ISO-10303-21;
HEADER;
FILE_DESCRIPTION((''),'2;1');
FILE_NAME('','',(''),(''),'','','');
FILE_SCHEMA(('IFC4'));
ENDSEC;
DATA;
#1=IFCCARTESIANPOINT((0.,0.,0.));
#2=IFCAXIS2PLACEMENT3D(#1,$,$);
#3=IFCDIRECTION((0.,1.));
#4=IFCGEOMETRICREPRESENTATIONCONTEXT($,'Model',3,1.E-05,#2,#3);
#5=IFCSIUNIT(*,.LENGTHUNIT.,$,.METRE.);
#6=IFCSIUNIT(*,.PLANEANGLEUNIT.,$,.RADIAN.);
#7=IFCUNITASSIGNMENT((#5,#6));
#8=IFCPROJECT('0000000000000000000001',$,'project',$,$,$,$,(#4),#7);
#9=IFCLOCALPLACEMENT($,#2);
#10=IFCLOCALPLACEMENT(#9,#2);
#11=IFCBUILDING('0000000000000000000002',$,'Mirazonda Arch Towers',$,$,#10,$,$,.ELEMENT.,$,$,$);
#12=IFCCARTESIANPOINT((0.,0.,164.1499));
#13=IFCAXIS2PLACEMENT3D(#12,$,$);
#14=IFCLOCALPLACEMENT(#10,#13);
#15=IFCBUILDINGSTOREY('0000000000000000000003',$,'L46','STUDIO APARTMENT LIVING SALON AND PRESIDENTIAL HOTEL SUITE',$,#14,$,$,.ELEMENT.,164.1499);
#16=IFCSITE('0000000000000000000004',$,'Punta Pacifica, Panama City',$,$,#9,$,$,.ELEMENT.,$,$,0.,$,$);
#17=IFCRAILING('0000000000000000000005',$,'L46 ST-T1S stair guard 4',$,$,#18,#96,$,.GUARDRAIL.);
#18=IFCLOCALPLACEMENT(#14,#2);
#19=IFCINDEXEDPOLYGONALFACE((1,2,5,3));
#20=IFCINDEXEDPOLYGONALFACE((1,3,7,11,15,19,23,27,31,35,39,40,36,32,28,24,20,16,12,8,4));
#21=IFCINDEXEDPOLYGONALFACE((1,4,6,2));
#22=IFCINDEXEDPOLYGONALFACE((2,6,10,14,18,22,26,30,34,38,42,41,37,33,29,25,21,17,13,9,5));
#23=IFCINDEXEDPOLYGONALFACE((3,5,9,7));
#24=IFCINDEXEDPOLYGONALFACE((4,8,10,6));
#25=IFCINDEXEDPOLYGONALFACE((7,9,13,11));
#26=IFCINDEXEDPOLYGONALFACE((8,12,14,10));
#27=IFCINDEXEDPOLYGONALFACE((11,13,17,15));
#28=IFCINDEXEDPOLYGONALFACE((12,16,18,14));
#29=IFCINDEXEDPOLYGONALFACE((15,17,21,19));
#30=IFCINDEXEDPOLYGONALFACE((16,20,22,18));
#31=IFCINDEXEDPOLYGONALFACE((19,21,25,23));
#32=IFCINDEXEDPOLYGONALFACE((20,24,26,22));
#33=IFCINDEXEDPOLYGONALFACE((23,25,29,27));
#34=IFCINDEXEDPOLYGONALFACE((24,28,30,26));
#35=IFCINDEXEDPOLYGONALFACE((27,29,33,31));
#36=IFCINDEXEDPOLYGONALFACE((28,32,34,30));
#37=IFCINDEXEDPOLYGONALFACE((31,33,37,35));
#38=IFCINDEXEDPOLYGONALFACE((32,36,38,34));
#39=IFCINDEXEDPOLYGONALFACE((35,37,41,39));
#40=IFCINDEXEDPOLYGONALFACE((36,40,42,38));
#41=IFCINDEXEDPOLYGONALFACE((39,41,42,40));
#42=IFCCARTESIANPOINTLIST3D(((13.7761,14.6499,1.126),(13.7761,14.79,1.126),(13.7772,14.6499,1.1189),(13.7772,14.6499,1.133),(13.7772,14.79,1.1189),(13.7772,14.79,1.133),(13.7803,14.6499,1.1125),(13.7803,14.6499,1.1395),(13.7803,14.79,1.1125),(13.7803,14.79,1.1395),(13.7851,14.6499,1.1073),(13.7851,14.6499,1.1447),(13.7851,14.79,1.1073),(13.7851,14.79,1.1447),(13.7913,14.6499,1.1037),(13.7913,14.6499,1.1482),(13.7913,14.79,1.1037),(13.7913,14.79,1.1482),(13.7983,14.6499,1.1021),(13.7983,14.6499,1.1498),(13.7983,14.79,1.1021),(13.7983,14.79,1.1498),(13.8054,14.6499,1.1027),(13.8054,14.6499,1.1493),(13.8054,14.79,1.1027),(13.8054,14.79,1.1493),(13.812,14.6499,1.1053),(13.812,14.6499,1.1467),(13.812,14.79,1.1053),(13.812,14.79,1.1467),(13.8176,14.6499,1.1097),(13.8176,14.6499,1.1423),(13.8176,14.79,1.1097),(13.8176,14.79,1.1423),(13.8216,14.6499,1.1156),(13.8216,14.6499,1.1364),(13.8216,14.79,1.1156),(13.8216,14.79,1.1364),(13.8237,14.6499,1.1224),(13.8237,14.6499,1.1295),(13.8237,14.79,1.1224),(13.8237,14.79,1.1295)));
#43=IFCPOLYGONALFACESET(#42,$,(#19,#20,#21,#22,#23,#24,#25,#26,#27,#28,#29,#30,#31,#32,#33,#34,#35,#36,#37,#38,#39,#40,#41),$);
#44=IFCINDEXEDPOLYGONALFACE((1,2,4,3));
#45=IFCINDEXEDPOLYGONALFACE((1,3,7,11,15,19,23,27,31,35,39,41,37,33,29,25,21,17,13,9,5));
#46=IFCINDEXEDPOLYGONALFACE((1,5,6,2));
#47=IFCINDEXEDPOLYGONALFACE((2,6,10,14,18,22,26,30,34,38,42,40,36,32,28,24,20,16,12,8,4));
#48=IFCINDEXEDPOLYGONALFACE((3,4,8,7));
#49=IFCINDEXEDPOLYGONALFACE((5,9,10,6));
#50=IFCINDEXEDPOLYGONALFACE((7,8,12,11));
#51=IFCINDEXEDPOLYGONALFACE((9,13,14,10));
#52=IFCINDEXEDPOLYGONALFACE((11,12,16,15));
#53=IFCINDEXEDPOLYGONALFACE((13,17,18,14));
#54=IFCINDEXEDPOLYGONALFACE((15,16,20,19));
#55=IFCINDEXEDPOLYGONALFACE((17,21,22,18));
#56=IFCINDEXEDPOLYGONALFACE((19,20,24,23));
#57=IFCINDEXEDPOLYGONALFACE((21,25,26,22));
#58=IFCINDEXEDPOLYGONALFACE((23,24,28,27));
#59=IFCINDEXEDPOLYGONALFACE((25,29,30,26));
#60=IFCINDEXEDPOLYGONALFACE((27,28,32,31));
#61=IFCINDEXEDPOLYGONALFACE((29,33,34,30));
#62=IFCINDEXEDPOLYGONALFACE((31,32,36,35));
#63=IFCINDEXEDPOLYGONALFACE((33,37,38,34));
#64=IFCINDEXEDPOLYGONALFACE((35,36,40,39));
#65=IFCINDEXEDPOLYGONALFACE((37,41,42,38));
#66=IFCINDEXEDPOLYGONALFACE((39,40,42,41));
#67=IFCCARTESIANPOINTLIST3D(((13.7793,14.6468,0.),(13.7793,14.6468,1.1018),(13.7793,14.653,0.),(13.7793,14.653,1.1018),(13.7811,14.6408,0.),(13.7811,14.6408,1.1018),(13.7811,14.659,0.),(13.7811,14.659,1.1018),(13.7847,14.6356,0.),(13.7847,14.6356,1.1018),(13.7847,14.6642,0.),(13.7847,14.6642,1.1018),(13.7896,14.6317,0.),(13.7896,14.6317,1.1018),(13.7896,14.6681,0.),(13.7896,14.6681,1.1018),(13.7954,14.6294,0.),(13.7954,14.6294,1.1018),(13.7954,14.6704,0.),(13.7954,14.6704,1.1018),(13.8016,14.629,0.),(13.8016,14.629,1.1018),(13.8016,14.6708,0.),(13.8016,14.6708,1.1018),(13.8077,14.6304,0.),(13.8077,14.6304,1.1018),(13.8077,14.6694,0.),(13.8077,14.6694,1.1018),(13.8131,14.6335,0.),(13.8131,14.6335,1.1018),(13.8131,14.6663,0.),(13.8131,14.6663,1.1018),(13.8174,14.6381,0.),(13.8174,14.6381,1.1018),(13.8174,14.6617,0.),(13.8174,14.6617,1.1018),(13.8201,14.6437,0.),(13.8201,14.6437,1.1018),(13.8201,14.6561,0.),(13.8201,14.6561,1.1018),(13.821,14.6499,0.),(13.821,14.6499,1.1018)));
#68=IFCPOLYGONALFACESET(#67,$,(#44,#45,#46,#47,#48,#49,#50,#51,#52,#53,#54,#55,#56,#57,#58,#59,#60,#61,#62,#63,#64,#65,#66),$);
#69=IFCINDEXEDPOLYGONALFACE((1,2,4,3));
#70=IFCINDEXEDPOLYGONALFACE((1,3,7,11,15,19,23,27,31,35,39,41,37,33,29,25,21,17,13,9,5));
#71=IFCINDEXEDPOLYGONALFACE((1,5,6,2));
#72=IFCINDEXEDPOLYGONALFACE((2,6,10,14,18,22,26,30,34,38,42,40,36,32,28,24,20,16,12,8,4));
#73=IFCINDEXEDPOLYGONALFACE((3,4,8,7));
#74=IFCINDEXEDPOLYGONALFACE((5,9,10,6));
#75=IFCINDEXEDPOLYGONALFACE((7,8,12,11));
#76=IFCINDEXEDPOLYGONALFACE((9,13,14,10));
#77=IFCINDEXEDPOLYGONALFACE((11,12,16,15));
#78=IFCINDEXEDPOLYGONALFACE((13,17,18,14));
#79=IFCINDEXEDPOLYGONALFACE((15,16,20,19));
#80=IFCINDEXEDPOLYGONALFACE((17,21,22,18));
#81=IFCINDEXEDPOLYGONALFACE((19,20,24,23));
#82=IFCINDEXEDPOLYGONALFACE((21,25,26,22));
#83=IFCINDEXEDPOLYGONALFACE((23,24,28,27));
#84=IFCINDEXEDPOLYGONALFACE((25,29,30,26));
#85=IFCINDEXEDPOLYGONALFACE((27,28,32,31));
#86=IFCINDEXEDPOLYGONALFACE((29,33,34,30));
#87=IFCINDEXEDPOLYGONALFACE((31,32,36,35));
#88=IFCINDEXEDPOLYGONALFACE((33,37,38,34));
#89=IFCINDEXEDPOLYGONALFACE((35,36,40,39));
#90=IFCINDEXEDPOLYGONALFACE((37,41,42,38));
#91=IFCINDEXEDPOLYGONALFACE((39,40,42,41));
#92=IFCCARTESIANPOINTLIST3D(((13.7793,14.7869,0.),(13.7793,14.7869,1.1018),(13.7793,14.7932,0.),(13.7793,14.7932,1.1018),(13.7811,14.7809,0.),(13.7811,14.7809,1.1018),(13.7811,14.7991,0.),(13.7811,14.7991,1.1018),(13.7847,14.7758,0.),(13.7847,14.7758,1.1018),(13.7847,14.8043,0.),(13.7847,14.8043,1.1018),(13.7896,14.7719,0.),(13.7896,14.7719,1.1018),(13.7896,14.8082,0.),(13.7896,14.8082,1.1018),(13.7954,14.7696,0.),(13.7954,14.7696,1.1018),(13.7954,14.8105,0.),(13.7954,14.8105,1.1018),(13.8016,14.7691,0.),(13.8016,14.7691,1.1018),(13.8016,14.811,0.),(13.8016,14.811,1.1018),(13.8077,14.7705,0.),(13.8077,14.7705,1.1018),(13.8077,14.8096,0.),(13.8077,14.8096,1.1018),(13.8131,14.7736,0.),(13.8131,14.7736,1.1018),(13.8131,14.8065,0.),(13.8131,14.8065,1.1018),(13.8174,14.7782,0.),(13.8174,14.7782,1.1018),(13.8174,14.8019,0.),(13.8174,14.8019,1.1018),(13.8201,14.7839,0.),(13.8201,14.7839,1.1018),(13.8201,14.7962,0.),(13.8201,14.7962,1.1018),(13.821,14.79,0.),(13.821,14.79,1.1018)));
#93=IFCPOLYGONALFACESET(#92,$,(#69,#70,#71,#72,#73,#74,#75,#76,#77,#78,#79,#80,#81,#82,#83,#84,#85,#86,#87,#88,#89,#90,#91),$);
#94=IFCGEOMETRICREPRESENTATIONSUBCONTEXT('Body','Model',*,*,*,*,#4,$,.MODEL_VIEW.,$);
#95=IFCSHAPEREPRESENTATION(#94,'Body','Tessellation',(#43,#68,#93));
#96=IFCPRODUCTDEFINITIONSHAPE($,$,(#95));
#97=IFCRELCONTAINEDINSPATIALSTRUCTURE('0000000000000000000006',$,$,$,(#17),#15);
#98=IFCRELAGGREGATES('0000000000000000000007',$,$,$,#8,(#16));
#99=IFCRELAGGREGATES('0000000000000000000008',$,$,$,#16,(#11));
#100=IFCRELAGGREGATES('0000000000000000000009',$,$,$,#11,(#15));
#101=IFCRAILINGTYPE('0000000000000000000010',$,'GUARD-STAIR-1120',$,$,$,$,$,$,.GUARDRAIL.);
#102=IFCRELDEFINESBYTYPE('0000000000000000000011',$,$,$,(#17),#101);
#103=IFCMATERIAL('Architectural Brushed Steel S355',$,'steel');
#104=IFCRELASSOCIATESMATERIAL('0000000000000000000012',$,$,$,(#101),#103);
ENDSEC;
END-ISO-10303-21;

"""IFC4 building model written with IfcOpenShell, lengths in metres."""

from ifc_helpers import new_model, si_unit, direction, frame, origin, origin_2d, place, context, subcontext, project, spatial, circle, extrude, material, type_object, element, save


model = new_model("IFC4")

# Units and contexts
model_context = context("Model", 3, precision=1e-05, world=origin(), true_north=direction((0.0, 1.0)))
body_context = subcontext(model_context, "Body", "Model", "MODEL_VIEW")
ifc_project = project(units=[si_unit("LENGTHUNIT", "METRE"), si_unit("PLANEANGLEUNIT", "RADIAN")], contexts=[model_context])

# Site, building, storey
site_placement = place(None, origin())
site = spatial("IfcSite", under=ifc_project, at=site_placement, Name="Punta Pacifica, Panama City", CompositionType="ELEMENT", RefElevation=0.0)
building_placement = place(site_placement, origin())
building = spatial("IfcBuilding", under=site, at=building_placement, Name="Mirazonda Arch Towers", CompositionType="ELEMENT")
storey_placement = place(building_placement, frame((0.0, 0.0, 164.1499)))
storey = spatial("IfcBuildingStorey", under=building, at=storey_placement, Name="L46", Description="STUDIO APARTMENT LIVING SALON AND PRESIDENTIAL HOTEL SUITE", CompositionType="ELEMENT", Elevation=164.1499)

# Shared definitions
ifc_material_1 = material(Name="Architectural Brushed Steel S355", Category="steel")

# Railing
railing_type_1 = type_object("IfcRailingType", Name="GUARD-STAIR-1120", PredefinedType="GUARDRAIL", material=ifc_material_1)
railing_1_placement = place(storey_placement, frame((13.8, 14.6499, 0.0)))
element("IfcRailing", 1, at=railing_1_placement, inside=storey, type_object=railing_type_1, Name="L46 ST-T1S stair guard 4", PredefinedType="GUARDRAIL", context=body_context, shape_type="SweptSolid", body=[
    extrude(circle(Radius=0.0239, at=origin_2d()), frame((0.0, 0.0, 1.126), z_axis=(0.0, 1.0, 0.0), x_axis=(-1.0, 0.0, 0.0)), (0.0, 0.0, 1.0), 0.1401),
    extrude(circle(Radius=0.021, at=origin_2d()), origin(), (0.0, 0.0, 1.0), 1.1018),
    extrude(circle(Radius=0.021, at=origin_2d()), frame((0.0, 0.1401, 0.0)), (0.0, 0.0, 1.0), 1.1018),
])

save(model, "model.ifc")
